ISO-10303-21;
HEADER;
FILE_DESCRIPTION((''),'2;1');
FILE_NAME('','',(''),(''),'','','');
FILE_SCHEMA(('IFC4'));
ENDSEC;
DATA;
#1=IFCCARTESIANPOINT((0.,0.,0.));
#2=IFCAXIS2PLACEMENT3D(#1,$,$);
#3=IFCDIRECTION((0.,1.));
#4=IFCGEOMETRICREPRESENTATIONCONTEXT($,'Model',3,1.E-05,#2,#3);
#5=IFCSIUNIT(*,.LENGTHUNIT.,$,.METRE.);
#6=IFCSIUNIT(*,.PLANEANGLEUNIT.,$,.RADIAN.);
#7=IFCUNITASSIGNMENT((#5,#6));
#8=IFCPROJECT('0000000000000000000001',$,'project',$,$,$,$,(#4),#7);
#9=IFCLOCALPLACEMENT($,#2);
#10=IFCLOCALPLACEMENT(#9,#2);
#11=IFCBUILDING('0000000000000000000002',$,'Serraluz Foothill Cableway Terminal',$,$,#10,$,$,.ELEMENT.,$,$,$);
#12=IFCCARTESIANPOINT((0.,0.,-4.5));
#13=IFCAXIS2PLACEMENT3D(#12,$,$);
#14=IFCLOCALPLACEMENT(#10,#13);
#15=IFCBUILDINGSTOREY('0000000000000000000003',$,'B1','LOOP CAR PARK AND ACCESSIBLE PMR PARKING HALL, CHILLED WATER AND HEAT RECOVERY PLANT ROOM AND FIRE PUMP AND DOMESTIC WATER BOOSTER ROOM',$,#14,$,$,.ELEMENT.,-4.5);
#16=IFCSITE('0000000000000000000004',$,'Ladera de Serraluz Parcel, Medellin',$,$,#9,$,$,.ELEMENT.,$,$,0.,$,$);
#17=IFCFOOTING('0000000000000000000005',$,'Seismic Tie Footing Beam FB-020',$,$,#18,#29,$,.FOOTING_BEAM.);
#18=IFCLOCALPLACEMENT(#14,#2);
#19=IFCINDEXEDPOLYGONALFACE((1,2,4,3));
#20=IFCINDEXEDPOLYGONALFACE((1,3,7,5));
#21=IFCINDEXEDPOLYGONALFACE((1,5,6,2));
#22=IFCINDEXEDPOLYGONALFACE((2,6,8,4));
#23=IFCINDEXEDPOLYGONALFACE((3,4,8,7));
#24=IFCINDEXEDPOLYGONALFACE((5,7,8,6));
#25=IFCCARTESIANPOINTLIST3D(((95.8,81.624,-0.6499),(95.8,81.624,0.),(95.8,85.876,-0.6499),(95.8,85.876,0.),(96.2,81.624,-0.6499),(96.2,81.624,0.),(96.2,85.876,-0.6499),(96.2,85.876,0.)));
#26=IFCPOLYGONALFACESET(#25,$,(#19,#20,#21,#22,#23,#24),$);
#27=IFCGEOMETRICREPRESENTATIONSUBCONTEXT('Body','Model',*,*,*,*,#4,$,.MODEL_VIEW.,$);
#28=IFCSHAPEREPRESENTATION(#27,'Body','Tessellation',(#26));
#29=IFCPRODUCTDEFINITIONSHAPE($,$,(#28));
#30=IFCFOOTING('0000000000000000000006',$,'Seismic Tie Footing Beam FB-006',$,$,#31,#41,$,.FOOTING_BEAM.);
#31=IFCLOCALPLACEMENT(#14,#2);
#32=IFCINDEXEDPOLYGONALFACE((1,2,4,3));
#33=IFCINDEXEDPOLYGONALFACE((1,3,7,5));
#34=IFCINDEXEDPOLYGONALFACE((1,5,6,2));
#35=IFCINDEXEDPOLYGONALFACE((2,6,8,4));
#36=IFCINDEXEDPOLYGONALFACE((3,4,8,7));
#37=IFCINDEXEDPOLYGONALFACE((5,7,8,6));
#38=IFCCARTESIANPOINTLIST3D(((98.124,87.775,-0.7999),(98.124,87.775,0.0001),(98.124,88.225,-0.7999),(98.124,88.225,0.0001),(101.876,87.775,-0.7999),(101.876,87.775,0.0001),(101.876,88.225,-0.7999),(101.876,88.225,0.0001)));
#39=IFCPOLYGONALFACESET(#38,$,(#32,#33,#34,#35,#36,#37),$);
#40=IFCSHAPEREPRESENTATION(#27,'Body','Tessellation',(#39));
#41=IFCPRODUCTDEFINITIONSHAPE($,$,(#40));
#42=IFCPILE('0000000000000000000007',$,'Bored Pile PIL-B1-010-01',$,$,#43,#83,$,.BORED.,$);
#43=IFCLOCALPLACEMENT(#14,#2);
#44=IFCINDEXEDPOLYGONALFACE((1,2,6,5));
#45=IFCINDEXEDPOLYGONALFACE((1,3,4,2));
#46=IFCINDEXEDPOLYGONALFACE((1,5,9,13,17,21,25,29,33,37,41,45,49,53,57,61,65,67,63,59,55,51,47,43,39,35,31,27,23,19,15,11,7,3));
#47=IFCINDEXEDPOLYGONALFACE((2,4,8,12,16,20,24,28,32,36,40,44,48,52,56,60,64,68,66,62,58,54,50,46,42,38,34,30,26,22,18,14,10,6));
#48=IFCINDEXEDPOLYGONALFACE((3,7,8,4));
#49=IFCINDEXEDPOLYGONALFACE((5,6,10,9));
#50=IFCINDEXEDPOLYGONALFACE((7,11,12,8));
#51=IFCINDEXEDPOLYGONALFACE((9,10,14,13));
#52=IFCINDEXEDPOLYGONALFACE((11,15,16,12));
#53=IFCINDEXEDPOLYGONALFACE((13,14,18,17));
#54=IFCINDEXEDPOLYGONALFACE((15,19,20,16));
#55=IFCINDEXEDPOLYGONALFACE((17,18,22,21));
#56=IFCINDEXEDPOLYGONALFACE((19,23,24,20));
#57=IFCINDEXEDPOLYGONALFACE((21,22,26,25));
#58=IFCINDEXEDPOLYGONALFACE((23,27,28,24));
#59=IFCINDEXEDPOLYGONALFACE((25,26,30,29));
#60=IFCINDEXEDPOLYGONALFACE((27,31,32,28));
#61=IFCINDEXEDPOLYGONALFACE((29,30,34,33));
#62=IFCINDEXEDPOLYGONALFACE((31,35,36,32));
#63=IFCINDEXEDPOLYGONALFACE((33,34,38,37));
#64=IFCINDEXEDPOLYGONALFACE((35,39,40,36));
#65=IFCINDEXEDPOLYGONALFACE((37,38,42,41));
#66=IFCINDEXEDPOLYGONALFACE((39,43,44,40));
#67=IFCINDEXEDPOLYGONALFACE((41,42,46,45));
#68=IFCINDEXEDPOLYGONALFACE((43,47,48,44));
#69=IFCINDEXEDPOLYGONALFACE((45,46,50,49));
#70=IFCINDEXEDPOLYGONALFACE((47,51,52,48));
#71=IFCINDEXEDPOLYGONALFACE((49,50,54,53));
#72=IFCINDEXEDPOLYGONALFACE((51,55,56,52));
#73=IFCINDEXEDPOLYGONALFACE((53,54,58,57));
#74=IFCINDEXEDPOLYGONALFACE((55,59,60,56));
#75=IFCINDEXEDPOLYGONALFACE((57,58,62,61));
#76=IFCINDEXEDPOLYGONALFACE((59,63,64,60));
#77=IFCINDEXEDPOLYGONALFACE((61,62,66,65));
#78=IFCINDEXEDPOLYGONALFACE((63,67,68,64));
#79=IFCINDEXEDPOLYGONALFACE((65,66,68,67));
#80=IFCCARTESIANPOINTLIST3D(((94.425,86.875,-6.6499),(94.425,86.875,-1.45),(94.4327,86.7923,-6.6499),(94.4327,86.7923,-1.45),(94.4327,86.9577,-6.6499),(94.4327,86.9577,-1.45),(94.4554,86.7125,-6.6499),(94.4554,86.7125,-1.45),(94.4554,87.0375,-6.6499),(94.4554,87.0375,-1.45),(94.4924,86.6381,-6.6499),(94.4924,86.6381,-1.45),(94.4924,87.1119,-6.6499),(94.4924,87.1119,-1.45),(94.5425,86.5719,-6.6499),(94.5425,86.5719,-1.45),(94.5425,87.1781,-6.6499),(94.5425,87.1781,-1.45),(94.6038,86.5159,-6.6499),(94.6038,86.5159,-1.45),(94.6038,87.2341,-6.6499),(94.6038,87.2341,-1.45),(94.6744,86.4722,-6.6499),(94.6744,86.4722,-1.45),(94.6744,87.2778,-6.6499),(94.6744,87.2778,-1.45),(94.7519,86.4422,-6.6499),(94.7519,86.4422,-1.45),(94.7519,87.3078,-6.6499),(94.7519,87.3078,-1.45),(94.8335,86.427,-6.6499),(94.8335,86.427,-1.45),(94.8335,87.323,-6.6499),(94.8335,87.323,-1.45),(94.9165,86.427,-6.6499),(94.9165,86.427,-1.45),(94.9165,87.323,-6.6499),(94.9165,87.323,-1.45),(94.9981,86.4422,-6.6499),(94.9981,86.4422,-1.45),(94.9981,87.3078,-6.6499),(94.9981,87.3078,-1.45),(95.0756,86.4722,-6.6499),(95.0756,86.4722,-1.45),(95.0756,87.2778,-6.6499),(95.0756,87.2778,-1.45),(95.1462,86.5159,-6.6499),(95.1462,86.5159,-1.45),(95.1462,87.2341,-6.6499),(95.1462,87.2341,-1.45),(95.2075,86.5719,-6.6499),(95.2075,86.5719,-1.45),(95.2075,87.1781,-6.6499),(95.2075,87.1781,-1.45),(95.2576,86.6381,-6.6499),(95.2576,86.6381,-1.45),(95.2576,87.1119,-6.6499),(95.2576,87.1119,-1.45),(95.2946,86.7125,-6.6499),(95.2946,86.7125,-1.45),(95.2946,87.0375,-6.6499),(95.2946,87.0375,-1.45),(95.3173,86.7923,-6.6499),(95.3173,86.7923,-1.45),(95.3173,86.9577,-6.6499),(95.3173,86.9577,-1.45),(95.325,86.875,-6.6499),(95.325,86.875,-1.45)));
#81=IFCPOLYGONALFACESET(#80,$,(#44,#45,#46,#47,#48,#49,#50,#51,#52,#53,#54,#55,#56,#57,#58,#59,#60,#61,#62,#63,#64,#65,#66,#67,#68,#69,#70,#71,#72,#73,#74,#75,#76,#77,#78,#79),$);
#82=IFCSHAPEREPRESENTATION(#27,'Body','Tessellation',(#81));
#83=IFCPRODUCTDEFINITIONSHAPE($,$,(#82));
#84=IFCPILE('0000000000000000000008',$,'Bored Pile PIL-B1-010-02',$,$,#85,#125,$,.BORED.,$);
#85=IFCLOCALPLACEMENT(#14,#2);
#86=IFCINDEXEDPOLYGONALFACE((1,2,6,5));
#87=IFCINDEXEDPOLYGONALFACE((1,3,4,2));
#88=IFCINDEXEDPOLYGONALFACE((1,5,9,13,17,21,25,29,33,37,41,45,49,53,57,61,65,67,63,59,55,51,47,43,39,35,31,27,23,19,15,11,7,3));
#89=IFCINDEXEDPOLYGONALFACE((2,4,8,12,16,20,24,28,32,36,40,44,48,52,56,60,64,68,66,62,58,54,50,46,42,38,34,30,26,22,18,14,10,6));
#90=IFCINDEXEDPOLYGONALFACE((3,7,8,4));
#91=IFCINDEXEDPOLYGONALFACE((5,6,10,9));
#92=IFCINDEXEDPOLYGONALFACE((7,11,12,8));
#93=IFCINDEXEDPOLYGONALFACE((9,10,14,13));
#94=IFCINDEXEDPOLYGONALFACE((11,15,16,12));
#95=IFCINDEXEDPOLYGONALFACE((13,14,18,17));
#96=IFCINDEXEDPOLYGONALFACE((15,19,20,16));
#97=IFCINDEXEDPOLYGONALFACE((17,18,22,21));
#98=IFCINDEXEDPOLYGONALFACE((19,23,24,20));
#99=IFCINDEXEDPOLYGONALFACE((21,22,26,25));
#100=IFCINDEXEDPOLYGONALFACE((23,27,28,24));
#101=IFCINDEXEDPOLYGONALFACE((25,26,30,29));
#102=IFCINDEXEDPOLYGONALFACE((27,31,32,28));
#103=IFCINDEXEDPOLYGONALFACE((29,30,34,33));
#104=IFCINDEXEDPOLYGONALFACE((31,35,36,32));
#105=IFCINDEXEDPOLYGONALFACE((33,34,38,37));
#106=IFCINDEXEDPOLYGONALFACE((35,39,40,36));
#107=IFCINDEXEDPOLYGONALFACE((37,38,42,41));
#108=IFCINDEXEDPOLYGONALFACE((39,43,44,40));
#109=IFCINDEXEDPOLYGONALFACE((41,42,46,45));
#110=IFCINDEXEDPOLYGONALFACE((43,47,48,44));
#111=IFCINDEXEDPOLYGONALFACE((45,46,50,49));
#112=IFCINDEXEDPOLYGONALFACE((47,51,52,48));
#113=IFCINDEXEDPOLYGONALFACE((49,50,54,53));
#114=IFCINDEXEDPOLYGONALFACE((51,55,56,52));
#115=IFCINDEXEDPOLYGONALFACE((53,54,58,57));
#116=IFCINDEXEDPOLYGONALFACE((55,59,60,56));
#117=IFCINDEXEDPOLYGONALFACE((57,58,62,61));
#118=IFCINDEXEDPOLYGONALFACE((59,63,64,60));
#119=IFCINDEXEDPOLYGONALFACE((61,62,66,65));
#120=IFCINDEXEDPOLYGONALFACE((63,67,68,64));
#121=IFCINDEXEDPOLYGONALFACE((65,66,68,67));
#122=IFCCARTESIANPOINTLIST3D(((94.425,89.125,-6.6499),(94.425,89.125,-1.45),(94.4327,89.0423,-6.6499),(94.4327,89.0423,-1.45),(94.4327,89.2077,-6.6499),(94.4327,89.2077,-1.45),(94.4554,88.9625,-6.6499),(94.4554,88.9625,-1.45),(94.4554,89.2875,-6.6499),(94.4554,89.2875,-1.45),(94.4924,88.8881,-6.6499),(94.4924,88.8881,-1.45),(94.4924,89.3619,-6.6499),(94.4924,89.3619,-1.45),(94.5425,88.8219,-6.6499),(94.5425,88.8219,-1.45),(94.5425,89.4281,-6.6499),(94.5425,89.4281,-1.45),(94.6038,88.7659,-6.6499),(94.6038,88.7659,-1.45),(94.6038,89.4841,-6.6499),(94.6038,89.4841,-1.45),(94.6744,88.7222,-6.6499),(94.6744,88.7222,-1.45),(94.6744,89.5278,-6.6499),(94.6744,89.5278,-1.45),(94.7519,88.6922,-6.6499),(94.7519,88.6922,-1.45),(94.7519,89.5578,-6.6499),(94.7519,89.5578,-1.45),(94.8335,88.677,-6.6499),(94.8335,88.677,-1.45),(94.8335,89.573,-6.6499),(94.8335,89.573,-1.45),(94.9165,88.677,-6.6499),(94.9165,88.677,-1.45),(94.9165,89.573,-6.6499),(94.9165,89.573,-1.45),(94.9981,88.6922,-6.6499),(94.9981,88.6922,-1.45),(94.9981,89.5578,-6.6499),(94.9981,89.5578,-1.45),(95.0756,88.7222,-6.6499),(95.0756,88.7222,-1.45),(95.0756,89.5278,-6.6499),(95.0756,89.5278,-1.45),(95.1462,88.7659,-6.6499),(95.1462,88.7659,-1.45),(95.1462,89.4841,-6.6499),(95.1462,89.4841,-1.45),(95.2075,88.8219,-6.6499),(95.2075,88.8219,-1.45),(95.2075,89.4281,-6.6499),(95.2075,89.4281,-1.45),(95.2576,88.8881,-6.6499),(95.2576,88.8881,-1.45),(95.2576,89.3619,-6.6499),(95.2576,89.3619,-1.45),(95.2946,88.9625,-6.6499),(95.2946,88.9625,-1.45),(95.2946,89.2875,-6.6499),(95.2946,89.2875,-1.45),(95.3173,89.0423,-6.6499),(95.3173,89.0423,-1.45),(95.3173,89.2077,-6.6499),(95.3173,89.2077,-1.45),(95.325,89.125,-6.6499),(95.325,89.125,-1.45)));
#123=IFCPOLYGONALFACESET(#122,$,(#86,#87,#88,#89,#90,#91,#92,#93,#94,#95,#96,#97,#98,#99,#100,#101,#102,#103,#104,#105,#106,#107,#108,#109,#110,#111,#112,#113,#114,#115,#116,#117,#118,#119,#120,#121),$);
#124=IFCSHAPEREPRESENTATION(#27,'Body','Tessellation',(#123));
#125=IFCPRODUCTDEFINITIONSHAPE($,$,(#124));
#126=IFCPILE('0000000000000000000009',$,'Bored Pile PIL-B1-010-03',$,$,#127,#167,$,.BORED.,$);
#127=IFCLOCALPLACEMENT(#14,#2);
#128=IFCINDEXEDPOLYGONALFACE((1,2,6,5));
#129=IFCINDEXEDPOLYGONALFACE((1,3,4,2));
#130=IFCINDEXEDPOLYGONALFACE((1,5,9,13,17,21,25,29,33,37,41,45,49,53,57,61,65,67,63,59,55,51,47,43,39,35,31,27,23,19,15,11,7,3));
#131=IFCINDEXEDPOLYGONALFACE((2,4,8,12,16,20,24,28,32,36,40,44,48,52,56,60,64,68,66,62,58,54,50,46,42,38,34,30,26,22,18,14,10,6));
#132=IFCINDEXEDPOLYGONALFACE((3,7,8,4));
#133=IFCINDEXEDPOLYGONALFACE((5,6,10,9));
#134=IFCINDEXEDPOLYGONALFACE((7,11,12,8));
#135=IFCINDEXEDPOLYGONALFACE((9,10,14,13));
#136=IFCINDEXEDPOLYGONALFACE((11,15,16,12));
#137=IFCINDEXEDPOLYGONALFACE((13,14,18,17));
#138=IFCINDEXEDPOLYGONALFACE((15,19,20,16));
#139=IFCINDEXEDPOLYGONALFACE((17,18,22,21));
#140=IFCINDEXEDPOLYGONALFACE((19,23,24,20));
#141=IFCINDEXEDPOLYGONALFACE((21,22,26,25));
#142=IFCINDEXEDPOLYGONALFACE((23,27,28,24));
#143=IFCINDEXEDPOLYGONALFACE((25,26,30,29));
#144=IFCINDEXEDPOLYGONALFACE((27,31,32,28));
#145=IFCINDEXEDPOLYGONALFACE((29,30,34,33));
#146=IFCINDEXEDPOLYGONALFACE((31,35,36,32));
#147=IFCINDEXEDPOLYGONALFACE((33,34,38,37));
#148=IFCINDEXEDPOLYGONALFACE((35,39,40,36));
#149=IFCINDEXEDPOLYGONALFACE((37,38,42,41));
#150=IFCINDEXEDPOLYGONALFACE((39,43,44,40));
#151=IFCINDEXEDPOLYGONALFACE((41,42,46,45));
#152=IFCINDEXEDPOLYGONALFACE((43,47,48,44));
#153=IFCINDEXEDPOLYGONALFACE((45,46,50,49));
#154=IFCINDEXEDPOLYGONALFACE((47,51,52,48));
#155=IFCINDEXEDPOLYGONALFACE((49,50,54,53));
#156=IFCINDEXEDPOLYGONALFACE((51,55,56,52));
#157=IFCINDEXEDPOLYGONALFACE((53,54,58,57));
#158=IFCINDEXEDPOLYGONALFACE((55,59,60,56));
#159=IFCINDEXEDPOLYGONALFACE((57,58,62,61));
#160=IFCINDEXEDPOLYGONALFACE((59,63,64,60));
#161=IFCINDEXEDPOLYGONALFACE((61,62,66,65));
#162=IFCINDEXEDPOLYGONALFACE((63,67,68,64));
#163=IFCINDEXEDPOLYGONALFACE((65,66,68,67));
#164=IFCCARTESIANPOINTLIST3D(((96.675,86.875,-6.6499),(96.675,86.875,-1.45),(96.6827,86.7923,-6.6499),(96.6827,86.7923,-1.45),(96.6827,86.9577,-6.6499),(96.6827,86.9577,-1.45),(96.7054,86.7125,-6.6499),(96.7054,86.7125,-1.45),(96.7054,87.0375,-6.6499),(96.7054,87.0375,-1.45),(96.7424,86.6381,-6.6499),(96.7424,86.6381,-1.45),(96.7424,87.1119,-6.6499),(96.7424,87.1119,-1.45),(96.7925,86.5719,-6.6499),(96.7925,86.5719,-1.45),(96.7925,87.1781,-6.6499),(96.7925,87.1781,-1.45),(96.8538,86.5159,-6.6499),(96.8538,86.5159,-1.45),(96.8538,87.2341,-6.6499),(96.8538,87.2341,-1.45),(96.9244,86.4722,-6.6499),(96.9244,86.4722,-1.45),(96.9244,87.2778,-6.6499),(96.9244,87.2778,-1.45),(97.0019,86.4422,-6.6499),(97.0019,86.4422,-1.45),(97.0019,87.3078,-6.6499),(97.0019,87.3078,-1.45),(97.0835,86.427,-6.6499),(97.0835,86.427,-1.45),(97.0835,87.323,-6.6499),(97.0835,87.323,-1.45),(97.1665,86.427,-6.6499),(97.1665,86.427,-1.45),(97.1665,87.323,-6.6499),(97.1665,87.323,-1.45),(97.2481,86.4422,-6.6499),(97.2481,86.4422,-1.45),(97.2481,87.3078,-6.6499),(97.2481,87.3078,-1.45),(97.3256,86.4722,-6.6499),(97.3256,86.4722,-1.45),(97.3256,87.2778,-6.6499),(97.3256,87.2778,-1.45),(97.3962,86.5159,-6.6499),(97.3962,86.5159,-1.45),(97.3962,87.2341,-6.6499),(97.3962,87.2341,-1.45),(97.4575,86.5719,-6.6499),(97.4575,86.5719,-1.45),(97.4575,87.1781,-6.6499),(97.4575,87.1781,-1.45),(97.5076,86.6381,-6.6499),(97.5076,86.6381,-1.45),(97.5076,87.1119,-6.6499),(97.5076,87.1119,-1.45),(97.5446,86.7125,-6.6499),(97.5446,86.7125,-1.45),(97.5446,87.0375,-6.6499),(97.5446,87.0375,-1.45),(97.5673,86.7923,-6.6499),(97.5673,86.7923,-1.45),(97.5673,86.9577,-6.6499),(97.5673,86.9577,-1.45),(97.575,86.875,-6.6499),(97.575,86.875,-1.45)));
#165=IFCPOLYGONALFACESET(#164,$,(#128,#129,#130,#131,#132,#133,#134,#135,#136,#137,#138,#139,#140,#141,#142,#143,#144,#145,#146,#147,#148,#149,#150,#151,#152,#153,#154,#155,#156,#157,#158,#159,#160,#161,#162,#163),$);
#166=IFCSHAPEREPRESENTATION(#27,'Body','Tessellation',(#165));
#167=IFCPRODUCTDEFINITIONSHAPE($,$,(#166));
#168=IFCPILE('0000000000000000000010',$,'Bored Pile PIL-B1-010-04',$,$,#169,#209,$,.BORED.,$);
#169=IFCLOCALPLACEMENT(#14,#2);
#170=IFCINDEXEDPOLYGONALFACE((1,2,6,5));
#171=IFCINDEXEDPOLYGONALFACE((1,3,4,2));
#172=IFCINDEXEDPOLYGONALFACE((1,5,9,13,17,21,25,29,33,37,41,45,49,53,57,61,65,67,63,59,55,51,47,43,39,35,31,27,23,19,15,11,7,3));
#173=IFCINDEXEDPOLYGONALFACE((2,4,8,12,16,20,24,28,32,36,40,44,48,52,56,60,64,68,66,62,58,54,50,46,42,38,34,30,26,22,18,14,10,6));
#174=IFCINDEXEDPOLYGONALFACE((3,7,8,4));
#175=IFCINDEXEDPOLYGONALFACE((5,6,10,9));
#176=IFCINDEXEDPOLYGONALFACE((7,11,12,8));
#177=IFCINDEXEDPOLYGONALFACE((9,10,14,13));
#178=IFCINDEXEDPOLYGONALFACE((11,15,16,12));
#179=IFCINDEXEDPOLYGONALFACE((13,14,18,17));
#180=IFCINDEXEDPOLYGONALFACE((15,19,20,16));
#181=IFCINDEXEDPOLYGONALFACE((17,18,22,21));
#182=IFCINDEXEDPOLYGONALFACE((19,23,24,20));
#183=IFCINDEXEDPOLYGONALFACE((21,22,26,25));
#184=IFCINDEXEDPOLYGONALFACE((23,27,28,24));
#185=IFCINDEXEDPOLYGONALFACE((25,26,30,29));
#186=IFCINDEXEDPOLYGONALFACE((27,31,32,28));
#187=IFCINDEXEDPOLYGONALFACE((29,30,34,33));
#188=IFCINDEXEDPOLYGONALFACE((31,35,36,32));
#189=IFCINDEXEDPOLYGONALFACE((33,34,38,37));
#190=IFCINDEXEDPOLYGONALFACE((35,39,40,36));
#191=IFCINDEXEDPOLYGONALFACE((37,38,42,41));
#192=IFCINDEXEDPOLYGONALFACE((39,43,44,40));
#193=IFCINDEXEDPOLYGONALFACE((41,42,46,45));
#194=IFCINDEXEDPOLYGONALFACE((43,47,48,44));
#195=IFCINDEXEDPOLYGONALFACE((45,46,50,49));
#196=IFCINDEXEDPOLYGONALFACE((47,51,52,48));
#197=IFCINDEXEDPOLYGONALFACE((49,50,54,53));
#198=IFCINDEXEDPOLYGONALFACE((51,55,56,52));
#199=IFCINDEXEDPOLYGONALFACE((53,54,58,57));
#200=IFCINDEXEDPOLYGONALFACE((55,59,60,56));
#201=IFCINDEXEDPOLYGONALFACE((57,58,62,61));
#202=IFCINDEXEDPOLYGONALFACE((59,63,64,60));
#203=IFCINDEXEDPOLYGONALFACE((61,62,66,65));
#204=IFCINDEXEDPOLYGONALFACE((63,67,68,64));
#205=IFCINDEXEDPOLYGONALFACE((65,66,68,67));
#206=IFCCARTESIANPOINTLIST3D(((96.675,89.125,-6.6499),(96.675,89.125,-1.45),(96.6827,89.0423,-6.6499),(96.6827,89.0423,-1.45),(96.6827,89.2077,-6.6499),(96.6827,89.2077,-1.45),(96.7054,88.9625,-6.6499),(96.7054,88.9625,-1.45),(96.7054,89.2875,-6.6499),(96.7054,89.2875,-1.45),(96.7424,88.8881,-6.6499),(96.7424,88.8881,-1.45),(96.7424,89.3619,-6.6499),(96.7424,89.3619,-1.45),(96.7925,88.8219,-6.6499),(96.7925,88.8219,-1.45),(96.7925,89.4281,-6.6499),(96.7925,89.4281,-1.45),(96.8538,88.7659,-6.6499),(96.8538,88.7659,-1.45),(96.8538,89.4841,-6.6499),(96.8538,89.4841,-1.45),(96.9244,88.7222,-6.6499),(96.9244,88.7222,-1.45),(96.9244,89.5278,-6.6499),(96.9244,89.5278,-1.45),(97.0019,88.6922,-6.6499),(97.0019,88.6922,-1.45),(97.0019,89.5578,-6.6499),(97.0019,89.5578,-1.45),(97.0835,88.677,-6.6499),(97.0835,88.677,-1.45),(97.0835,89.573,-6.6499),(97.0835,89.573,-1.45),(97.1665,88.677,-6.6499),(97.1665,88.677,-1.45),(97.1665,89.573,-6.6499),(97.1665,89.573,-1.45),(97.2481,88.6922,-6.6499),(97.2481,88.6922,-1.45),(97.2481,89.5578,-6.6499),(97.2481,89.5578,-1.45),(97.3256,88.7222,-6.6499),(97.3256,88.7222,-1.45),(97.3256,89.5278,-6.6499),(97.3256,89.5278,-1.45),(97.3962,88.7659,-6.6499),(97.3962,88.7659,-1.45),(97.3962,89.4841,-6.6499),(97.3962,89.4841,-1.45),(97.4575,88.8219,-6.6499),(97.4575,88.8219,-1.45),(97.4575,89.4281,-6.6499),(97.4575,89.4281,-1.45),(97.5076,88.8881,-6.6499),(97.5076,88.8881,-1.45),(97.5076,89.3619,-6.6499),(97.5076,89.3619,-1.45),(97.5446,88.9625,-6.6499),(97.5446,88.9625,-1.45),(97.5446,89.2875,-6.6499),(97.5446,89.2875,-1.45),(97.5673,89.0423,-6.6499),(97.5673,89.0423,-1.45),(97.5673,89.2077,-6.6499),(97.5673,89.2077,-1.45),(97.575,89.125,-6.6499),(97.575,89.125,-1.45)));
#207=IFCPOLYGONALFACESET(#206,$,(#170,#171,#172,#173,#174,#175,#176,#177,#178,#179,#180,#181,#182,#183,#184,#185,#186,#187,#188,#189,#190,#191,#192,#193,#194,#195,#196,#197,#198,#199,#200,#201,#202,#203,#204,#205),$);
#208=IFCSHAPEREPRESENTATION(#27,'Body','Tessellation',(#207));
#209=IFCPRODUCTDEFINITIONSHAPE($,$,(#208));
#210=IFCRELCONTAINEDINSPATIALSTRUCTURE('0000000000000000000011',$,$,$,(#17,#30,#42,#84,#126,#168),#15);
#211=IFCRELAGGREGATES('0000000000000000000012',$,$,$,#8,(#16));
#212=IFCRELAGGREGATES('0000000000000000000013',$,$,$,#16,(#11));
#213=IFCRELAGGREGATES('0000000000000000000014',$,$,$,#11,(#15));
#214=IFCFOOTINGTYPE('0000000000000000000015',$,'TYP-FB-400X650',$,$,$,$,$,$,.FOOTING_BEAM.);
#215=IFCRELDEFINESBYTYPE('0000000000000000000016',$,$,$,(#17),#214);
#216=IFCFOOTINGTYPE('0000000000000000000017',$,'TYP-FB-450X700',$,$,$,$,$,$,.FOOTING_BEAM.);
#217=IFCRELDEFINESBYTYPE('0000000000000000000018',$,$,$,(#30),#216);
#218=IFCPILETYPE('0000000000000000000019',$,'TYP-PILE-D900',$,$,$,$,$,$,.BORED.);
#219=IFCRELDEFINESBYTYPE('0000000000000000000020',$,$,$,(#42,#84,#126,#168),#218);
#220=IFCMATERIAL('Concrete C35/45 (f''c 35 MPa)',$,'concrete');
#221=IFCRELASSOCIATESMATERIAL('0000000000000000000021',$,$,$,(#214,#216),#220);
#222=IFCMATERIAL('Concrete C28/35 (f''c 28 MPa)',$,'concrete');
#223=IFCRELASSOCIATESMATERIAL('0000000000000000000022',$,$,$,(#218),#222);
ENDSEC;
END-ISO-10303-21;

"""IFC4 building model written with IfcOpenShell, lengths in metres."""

from ifc_helpers import new_model, si_unit, direction, frame, origin, origin_2d, place, context, subcontext, project, spatial, rectangle, circle, extrude, material, material_profile, profile_set, type_object, element, save


model = new_model("IFC4")

# Units and contexts
model_context = context("Model", 3, precision=1e-05, world=origin(), true_north=direction((0.0, 1.0)))
body_context = subcontext(model_context, "Body", "Model", "MODEL_VIEW")
ifc_project = project(units=[si_unit("LENGTHUNIT", "METRE"), si_unit("PLANEANGLEUNIT", "RADIAN")], contexts=[model_context])

# Site, building, storey
site_placement = place(None, origin())
site = spatial("IfcSite", under=ifc_project, at=site_placement, Name="Ladera de Serraluz Parcel, Medellin", CompositionType="ELEMENT", RefElevation=0.0)
building_placement = place(site_placement, origin())
building = spatial("IfcBuilding", under=site, at=building_placement, Name="Serraluz Foothill Cableway Terminal", CompositionType="ELEMENT")
storey_placement = place(building_placement, frame((0.0, 0.0, -4.5)))
storey = spatial("IfcBuildingStorey", under=building, at=storey_placement, Name="B1", Description="LOOP CAR PARK AND ACCESSIBLE PMR PARKING HALL, CHILLED WATER AND HEAT RECOVERY PLANT ROOM AND FIRE PUMP AND DOMESTIC WATER BOOSTER ROOM", CompositionType="ELEMENT", Elevation=-4.5)

# Footings
ifc_material_1 = material(Name="Concrete C35/45 (f'c 35 MPa)", Category="concrete")
ifc_material_profile_1 = material_profile(ifc_material_1, rectangle(XDim=0.3999, YDim=0.6499, at=origin_2d()), Name="RC 400x650")
ifc_profile_set_1 = profile_set([ifc_material_profile_1], Name="Concrete C35/45 (f'c 35 MPa)")
footing_type_1 = type_object("IfcFootingType", Name="TYP-FB-400X650", PredefinedType="FOOTING_BEAM", material=ifc_profile_set_1)
footing_1_placement = place(storey_placement, frame((96.0, 81.624, -0.325), z_axis=(0.0, 1.0, 0.0), x_axis=(-1.0, 0.0, 0.0)))
element("IfcFooting", 1, at=footing_1_placement, inside=storey, type_object=footing_type_1, Name="Seismic Tie Footing Beam FB-020", PredefinedType="FOOTING_BEAM", context=body_context, shape_type="SweptSolid", body=[
    extrude(rectangle(XDim=0.3999, YDim=0.6499, at=origin_2d()), origin(), (0.0, 0.0, 1.0), 4.252),
])
ifc_material_profile_2 = material_profile(ifc_material_1, rectangle(XDim=0.45, YDim=0.8, at=origin_2d()), Name="RC 450x800")
ifc_profile_set_2 = profile_set([ifc_material_profile_2], Name="Concrete C35/45 (f'c 35 MPa)")
footing_type_2 = type_object("IfcFootingType", Name="TYP-FB-450X700", PredefinedType="FOOTING_BEAM", material=ifc_profile_set_2)
footing_2_placement = place(storey_placement, frame((98.124, 88.0, -0.3999), z_axis=(1.0, 0.0, 0.0), x_axis=(0.0, 1.0, 0.0)))
element("IfcFooting", 2, at=footing_2_placement, inside=storey, type_object=footing_type_2, Name="Seismic Tie Footing Beam FB-006", PredefinedType="FOOTING_BEAM", context=body_context, shape_type="SweptSolid", body=[
    extrude(rectangle(XDim=0.45, YDim=0.8, at=origin_2d()), origin(), (0.0, 0.0, 1.0), 3.752),
])

# Piles
ifc_material_2 = material(Name="Concrete C28/35 (f'c 28 MPa)", Category="concrete")
ifc_material_profile_3 = material_profile(ifc_material_2, circle(Radius=0.45, at=origin_2d()), Name="BORED PILE D900")
ifc_profile_set_3 = profile_set([ifc_material_profile_3], Name="Concrete C28/35 (f'c 28 MPa)")
pile_type = type_object("IfcPileType", Name="TYP-PILE-D900", PredefinedType="BORED", material=ifc_profile_set_3)
for number, where, z_axis, x_axis, name in (
    (3, (94.875, 86.875, -1.45), (0.0, 0.0, -1.0), (1.0, 0.0, 0.0), "Bored Pile PIL-B1-010-01"),
    (4, (94.875, 89.125, -1.45), (0.0, 0.0, -1.0), (1.0, 0.0, 0.0), "Bored Pile PIL-B1-010-02"),
    (5, (97.125, 86.875, -1.45), (0.0, 0.0, -1.0), (1.0, 0.0, 0.0), "Bored Pile PIL-B1-010-03"),
    (6, (97.125, 89.125, -1.45), (0.0, 0.0, -1.0), (1.0, 0.0, 0.0), "Bored Pile PIL-B1-010-04"),
):
    element("IfcPile", number, at=place(storey_placement, frame(where, z_axis=z_axis, x_axis=x_axis)), inside=storey, type_object=pile_type, Name=name, PredefinedType="BORED", context=body_context, shape_type="SweptSolid", body=[
        extrude(circle(Radius=0.45, at=origin_2d()), origin(), (0.0, 0.0, 1.0), 5.2),
    ])

save(model, "model.ifc")
